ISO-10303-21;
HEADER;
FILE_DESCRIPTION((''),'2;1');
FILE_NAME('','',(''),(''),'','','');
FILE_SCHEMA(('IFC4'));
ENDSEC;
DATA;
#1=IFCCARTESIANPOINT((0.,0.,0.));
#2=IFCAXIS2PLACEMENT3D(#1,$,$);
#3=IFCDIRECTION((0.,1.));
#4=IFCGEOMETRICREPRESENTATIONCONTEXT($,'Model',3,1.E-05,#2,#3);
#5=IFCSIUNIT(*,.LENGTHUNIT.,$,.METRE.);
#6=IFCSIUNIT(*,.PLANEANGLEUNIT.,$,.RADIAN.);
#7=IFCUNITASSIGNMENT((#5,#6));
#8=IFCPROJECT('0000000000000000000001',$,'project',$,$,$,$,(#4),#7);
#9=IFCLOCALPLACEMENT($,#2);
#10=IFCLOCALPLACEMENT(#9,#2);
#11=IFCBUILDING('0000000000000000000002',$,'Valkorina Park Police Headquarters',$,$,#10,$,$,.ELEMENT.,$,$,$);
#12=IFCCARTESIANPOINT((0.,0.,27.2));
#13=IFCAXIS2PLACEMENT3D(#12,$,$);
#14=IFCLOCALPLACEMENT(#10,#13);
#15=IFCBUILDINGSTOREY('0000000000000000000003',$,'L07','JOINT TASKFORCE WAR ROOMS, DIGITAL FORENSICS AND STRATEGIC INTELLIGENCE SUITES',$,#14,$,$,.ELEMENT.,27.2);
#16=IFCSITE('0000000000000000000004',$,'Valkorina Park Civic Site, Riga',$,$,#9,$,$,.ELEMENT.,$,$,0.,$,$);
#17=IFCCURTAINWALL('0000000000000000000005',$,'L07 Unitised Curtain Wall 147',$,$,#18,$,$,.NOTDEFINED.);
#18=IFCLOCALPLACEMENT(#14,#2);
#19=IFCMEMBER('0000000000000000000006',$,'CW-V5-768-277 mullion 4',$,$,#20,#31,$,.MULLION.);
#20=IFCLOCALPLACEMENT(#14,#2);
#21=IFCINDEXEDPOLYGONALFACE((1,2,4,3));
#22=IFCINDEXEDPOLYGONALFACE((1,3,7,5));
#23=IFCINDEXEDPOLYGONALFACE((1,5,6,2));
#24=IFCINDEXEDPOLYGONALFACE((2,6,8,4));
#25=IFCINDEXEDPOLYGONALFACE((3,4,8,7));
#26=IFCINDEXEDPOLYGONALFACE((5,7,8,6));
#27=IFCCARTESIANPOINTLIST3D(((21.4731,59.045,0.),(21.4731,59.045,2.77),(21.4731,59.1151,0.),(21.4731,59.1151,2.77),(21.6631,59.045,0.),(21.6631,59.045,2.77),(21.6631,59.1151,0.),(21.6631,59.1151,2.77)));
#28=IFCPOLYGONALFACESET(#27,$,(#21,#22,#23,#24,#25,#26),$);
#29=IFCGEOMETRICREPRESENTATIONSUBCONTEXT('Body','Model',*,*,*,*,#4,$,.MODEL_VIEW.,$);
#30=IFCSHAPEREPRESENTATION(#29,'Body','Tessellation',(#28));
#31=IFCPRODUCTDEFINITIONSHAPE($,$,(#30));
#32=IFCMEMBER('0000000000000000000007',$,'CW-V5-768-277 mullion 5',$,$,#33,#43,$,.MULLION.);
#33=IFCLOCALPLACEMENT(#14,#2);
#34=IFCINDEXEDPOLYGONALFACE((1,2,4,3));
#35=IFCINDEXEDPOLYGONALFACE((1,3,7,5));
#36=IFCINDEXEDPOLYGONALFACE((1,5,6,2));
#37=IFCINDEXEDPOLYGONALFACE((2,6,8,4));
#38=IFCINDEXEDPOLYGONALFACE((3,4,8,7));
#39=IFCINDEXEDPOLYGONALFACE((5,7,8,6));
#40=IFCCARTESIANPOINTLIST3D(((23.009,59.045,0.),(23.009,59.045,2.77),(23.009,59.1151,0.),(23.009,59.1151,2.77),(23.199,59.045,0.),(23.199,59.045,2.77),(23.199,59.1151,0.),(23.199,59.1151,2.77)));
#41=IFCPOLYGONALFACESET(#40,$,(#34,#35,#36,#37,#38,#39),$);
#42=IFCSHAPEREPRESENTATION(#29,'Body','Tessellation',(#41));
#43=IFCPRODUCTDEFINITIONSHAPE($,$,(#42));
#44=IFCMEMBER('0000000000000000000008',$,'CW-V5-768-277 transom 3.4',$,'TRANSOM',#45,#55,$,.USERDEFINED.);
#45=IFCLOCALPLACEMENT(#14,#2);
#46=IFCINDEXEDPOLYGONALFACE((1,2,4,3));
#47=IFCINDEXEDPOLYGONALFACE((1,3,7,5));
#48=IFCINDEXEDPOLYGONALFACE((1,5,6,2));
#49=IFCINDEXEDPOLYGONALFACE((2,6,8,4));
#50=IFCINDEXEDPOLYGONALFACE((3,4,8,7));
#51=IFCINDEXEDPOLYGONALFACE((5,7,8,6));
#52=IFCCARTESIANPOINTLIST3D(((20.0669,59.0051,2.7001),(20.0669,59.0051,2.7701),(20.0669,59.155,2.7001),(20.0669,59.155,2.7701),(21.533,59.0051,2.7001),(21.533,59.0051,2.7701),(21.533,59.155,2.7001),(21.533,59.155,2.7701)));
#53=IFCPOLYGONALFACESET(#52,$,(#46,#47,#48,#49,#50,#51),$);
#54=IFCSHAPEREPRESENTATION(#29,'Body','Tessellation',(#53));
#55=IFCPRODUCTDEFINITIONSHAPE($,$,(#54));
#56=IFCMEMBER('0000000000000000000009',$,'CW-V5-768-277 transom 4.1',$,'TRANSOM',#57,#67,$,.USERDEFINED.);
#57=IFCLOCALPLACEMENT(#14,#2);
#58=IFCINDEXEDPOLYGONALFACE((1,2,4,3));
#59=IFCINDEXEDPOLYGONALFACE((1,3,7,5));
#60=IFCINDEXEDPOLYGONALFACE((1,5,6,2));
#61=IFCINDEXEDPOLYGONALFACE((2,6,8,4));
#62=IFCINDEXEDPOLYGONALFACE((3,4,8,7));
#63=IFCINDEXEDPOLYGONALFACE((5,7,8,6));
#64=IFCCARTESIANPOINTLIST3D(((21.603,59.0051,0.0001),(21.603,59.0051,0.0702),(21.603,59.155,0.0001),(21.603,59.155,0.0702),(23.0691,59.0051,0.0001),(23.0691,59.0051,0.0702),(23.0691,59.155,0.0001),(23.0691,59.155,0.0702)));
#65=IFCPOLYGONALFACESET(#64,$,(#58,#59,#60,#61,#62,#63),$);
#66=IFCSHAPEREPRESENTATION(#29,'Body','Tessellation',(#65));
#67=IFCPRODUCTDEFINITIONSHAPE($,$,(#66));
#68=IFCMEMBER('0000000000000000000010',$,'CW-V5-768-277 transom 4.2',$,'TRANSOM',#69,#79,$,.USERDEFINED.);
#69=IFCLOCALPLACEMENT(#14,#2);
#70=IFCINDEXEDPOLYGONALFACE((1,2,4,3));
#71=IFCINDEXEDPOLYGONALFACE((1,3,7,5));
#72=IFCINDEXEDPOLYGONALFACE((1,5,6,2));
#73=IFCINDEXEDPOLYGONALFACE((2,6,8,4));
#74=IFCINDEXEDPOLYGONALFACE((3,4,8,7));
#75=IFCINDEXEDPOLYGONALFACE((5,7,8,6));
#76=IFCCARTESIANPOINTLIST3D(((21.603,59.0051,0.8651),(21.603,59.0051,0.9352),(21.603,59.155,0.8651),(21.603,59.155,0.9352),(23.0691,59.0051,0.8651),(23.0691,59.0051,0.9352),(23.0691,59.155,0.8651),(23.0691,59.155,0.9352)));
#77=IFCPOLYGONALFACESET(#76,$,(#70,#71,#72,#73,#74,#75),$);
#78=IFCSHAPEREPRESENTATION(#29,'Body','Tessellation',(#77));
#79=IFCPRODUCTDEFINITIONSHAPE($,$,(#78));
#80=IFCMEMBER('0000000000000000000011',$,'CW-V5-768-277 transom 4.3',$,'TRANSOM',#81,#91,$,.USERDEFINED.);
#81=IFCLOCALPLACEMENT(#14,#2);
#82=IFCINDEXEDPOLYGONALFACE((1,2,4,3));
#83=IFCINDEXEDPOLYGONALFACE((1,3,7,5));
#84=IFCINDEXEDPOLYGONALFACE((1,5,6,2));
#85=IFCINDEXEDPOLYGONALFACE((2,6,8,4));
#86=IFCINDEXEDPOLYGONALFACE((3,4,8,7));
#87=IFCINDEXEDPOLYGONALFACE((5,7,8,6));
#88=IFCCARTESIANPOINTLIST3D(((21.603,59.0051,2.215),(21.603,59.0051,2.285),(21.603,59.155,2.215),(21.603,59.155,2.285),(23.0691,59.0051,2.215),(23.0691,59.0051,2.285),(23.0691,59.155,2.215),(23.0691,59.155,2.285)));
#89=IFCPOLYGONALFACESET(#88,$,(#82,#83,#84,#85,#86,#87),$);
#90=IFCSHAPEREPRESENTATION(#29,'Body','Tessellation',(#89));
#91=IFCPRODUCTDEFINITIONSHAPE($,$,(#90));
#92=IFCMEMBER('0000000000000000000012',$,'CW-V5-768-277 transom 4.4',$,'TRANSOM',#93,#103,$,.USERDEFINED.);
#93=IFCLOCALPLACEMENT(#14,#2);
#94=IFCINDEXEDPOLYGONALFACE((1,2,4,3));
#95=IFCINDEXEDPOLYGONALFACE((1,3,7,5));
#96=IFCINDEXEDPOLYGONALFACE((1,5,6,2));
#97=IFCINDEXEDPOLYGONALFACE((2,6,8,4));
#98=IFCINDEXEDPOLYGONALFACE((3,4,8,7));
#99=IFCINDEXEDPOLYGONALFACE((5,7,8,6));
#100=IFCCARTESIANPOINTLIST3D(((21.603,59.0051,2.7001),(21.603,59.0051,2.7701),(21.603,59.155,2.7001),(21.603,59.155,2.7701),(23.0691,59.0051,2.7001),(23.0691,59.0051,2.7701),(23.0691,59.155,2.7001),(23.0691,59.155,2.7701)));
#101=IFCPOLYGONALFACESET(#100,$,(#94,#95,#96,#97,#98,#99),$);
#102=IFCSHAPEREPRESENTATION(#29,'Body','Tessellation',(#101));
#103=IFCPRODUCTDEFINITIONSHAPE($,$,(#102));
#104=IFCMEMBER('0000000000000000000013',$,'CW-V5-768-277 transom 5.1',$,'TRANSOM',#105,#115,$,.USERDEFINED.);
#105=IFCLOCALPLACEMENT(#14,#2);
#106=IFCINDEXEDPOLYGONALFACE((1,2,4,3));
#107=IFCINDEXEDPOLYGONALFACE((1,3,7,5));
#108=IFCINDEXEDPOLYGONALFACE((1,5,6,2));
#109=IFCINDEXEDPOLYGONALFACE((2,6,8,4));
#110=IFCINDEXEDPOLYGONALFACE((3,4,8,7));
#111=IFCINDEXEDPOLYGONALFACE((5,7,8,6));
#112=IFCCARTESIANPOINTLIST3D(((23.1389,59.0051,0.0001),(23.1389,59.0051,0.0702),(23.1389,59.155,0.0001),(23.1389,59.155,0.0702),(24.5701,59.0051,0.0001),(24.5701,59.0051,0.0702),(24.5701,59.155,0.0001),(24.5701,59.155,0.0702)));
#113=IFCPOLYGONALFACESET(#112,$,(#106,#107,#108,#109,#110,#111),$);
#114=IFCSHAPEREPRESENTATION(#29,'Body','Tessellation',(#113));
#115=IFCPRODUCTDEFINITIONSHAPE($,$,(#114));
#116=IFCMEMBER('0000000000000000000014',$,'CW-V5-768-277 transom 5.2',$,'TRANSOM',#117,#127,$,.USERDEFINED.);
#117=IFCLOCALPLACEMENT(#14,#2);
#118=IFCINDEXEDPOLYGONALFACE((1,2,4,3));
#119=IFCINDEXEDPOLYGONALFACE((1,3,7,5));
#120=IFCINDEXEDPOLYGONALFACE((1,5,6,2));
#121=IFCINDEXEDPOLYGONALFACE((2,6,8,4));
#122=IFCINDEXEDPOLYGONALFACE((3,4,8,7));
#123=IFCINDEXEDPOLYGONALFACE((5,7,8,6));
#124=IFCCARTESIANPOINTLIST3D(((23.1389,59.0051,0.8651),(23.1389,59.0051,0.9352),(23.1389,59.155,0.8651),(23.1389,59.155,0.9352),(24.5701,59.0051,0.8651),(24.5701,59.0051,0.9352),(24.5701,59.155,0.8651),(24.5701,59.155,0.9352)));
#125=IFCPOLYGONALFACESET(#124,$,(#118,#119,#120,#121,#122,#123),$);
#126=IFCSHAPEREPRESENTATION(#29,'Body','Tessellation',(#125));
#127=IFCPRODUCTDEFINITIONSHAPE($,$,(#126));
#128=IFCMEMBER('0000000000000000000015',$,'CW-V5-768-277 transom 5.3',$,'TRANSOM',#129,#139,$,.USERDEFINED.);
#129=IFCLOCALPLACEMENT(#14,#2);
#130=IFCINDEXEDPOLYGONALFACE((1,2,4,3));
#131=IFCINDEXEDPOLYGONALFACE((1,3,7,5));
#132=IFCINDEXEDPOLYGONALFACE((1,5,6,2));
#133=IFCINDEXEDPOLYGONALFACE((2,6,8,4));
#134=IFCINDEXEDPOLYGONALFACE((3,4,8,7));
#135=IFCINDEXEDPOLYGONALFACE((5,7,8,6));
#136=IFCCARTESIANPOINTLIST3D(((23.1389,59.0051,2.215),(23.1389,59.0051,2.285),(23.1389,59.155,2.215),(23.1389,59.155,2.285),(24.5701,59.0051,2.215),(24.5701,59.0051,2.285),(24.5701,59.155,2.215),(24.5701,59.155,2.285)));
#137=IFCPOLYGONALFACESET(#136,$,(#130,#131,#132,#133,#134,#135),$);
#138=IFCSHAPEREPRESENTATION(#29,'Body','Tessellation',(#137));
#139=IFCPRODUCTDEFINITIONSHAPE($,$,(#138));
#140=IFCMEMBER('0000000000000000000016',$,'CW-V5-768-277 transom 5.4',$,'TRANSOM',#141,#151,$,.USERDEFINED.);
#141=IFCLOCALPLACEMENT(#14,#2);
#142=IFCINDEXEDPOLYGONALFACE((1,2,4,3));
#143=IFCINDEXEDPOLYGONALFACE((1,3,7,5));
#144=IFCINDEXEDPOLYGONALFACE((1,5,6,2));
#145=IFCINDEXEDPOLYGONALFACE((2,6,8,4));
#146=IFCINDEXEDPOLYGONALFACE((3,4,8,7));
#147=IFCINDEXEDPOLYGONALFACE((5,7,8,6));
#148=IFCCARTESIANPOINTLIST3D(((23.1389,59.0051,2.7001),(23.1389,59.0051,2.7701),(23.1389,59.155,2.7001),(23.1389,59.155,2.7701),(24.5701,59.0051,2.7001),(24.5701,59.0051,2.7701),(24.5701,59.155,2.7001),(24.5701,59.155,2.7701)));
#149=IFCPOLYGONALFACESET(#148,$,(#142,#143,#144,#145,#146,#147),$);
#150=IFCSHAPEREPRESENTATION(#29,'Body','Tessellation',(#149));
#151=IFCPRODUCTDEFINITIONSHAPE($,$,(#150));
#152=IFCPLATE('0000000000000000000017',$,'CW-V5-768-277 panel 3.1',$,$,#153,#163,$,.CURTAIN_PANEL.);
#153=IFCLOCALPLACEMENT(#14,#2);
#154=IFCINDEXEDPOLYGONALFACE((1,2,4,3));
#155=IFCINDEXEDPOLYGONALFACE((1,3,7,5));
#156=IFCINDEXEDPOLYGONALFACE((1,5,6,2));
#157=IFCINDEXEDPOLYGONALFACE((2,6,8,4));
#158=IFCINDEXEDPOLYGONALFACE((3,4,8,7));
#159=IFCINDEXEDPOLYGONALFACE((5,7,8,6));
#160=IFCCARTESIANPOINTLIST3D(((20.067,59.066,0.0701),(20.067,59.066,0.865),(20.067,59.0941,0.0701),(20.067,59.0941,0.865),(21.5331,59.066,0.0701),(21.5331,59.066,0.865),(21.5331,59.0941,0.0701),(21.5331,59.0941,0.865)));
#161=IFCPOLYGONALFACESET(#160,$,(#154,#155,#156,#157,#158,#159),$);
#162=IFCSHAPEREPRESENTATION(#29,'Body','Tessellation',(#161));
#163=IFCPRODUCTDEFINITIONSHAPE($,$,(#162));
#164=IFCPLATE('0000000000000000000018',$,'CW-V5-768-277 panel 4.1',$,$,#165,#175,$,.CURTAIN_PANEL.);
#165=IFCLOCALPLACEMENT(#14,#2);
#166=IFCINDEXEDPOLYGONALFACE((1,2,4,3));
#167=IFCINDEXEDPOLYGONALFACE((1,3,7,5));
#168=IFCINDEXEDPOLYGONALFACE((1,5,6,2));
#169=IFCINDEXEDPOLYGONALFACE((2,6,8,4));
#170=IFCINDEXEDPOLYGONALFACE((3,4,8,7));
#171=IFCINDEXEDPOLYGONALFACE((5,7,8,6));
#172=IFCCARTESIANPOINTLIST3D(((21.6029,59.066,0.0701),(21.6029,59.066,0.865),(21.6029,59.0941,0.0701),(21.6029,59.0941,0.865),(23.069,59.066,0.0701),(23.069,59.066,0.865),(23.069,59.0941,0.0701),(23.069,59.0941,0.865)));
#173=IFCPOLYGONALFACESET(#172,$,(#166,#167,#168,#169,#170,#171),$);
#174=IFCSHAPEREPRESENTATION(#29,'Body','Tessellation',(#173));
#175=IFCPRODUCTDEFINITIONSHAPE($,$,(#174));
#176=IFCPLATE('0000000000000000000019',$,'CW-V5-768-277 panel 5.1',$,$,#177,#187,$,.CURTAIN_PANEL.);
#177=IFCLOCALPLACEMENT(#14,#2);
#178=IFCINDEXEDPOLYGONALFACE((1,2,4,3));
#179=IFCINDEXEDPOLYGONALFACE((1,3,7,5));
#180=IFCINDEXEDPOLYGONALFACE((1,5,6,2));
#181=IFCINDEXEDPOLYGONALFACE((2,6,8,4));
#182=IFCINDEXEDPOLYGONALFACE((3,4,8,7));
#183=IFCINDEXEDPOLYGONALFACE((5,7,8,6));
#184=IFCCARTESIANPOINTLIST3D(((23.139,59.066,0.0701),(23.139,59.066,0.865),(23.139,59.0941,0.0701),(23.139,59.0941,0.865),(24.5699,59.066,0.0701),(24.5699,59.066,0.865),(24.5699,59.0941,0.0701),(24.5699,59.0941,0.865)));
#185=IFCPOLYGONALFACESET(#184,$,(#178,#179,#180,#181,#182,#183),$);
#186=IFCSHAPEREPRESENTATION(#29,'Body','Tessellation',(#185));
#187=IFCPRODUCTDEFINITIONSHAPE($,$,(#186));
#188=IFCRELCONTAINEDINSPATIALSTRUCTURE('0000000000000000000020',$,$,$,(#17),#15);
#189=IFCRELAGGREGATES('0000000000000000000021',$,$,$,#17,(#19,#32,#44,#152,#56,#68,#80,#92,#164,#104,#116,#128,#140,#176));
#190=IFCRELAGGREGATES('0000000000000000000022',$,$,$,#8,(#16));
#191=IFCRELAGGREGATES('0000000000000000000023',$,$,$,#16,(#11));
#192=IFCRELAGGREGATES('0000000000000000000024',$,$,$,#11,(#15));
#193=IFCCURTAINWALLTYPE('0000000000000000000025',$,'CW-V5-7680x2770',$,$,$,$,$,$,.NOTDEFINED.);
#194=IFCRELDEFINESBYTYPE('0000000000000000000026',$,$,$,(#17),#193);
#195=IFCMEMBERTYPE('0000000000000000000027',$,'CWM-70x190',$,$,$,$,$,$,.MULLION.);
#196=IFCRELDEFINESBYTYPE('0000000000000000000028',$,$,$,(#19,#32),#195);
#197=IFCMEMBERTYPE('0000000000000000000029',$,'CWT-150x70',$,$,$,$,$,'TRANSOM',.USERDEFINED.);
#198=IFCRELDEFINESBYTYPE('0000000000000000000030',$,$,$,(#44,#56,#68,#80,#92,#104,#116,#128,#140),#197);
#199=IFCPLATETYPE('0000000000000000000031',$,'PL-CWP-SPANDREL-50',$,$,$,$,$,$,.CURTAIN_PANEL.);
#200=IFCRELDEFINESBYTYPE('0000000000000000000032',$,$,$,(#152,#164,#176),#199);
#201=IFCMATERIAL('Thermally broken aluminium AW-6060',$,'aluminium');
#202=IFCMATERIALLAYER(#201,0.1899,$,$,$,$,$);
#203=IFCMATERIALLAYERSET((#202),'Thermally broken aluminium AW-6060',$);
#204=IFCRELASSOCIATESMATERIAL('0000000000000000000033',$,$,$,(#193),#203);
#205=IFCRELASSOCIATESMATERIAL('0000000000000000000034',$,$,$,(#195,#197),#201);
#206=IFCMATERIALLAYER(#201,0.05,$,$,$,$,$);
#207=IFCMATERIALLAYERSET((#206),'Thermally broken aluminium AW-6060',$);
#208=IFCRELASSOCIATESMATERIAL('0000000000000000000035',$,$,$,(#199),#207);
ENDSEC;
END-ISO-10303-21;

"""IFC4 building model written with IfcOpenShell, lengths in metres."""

from ifc_helpers import new_model, si_unit, direction, frame, origin, origin_2d, place, context, subcontext, project, spatial, rectangle, extrude, material, layer, layer_set, material_profile, profile_set, type_object, element, aggregate, save


model = new_model("IFC4")

# Units and contexts
model_context = context("Model", 3, precision=1e-05, world=origin(), true_north=direction((0.0, 1.0)))
body_context = subcontext(model_context, "Body", "Model", "MODEL_VIEW")
ifc_project = project(units=[si_unit("LENGTHUNIT", "METRE"), si_unit("PLANEANGLEUNIT", "RADIAN")], contexts=[model_context])

# Site, building, storey
site_placement = place(None, origin())
site = spatial("IfcSite", under=ifc_project, at=site_placement, Name="Valkorina Park Civic Site, Riga", CompositionType="ELEMENT", RefElevation=0.0)
building_placement = place(site_placement, origin())
building = spatial("IfcBuilding", under=site, at=building_placement, Name="Valkorina Park Police Headquarters", CompositionType="ELEMENT")
storey_placement = place(building_placement, frame((0.0, 0.0, 27.2)))
storey = spatial("IfcBuildingStorey", under=building, at=storey_placement, Name="L07", Description="JOINT TASKFORCE WAR ROOMS, DIGITAL FORENSICS AND STRATEGIC INTELLIGENCE SUITES", CompositionType="ELEMENT", Elevation=27.2)

# Curtain wall, members, plates
ifc_material_1 = material(Name="Thermally broken aluminium AW-6060", Category="aluminium")
ifc_layer_1 = layer(ifc_material_1, 0.1899)
ifc_layer_set_1 = layer_set([ifc_layer_1], Name="Thermally broken aluminium AW-6060")
curtain_wall_type = type_object("IfcCurtainWallType", Name="CW-V5-7680x2770", PredefinedType="NOTDEFINED", material=ifc_layer_set_1)
curtain_wall_placement = place(storey_placement, origin())
curtain_wall = element("IfcCurtainWall", 1, at=curtain_wall_placement, inside=storey, type_object=curtain_wall_type, Name="L07 Unitised Curtain Wall 147", PredefinedType="NOTDEFINED")
ifc_material_profile_1 = material_profile(ifc_material_1, rectangle(XDim=0.0701, YDim=0.1899, at=origin_2d()), Name="CWM-02 70x190")
ifc_profile_set_1 = profile_set([ifc_material_profile_1], Name="Thermally broken aluminium AW-6060")
member_type_1 = type_object("IfcMemberType", Name="CWM-70x190", PredefinedType="MULLION", material=ifc_profile_set_1)
member_1_placement = place(storey_placement, frame((21.5681, 59.0801, 0.0), z_axis=(0.0, 0.0, 1.0), x_axis=(0.0, 1.0, 0.0)))
member_1 = element("IfcMember", 2, at=member_1_placement, type_object=member_type_1, Name="CW-V5-768-277 mullion 4", PredefinedType="MULLION", context=body_context, shape_type="SweptSolid", body=[
    extrude(rectangle(XDim=0.0701, YDim=0.1899, at=origin_2d()), origin(), (0.0, 0.0, 1.0), 2.77),
])
member_2_placement = place(storey_placement, frame((23.104, 59.0801, 0.0), z_axis=(0.0, 0.0, 1.0), x_axis=(0.0, 1.0, 0.0)))
member_2 = element("IfcMember", 3, at=member_2_placement, type_object=member_type_1, Name="CW-V5-768-277 mullion 5", PredefinedType="MULLION", context=body_context, shape_type="SweptSolid", body=[
    extrude(rectangle(XDim=0.0701, YDim=0.1899, at=origin_2d()), origin(), (0.0, 0.0, 1.0), 2.77),
])
ifc_material_profile_2 = material_profile(ifc_material_1, rectangle(XDim=0.1499, YDim=0.0701, at=origin_2d()), Name="CWT-02 150x70")
ifc_profile_set_2 = profile_set([ifc_material_profile_2], Name="Thermally broken aluminium AW-6060")
member_type_2 = type_object("IfcMemberType", Name="CWT-150x70", ElementType="TRANSOM", PredefinedType="USERDEFINED", material=ifc_profile_set_2)
member_3_placement = place(storey_placement, frame((20.0669, 59.0801, 2.7351), z_axis=(1.0, 0.0, 0.0), x_axis=(0.0, 1.0, 0.0)))
member_3 = element("IfcMember", 4, at=member_3_placement, type_object=member_type_2, Name="CW-V5-768-277 transom 3.4", ObjectType="TRANSOM", PredefinedType="USERDEFINED", context=body_context, shape_type="SweptSolid", body=[
    extrude(rectangle(XDim=0.1499, YDim=0.0701, at=origin_2d()), origin(), (0.0, 0.0, 1.0), 1.4661),
])
member_4_placement = place(storey_placement, frame((21.603, 59.0801, 0.0352), z_axis=(1.0, 0.0, 0.0), x_axis=(0.0, 1.0, 0.0)))
member_4 = element("IfcMember", 5, at=member_4_placement, type_object=member_type_2, Name="CW-V5-768-277 transom 4.1", ObjectType="TRANSOM", PredefinedType="USERDEFINED", context=body_context, shape_type="SweptSolid", body=[
    extrude(rectangle(XDim=0.1499, YDim=0.0701, at=origin_2d()), origin(), (0.0, 0.0, 1.0), 1.4661),
])
member_5_placement = place(storey_placement, frame((21.603, 59.0801, 0.9001), z_axis=(1.0, 0.0, 0.0), x_axis=(0.0, 1.0, 0.0)))
member_5 = element("IfcMember", 6, at=member_5_placement, type_object=member_type_2, Name="CW-V5-768-277 transom 4.2", ObjectType="TRANSOM", PredefinedType="USERDEFINED", context=body_context, shape_type="SweptSolid", body=[
    extrude(rectangle(XDim=0.1499, YDim=0.0701, at=origin_2d()), origin(), (0.0, 0.0, 1.0), 1.4661),
])
member_6_placement = place(storey_placement, frame((21.603, 59.0801, 2.25), z_axis=(1.0, 0.0, 0.0), x_axis=(0.0, 1.0, 0.0)))
member_6 = element("IfcMember", 7, at=member_6_placement, type_object=member_type_2, Name="CW-V5-768-277 transom 4.3", ObjectType="TRANSOM", PredefinedType="USERDEFINED", context=body_context, shape_type="SweptSolid", body=[
    extrude(rectangle(XDim=0.1499, YDim=0.0701, at=origin_2d()), origin(), (0.0, 0.0, 1.0), 1.4661),
])
member_7_placement = place(storey_placement, frame((21.603, 59.0801, 2.7351), z_axis=(1.0, 0.0, 0.0), x_axis=(0.0, 1.0, 0.0)))
member_7 = element("IfcMember", 8, at=member_7_placement, type_object=member_type_2, Name="CW-V5-768-277 transom 4.4", ObjectType="TRANSOM", PredefinedType="USERDEFINED", context=body_context, shape_type="SweptSolid", body=[
    extrude(rectangle(XDim=0.1499, YDim=0.0701, at=origin_2d()), origin(), (0.0, 0.0, 1.0), 1.4661),
])
member_8_placement = place(storey_placement, frame((23.1389, 59.0801, 0.0352), z_axis=(1.0, 0.0, 0.0), x_axis=(0.0, 1.0, 0.0)))
member_8 = element("IfcMember", 9, at=member_8_placement, type_object=member_type_2, Name="CW-V5-768-277 transom 5.1", ObjectType="TRANSOM", PredefinedType="USERDEFINED", context=body_context, shape_type="SweptSolid", body=[
    extrude(rectangle(XDim=0.1499, YDim=0.0701, at=origin_2d()), origin(), (0.0, 0.0, 1.0), 1.4312),
])
member_9_placement = place(storey_placement, frame((23.1389, 59.0801, 0.9001), z_axis=(1.0, 0.0, 0.0), x_axis=(0.0, 1.0, 0.0)))
member_9 = element("IfcMember", 10, at=member_9_placement, type_object=member_type_2, Name="CW-V5-768-277 transom 5.2", ObjectType="TRANSOM", PredefinedType="USERDEFINED", context=body_context, shape_type="SweptSolid", body=[
    extrude(rectangle(XDim=0.1499, YDim=0.0701, at=origin_2d()), origin(), (0.0, 0.0, 1.0), 1.4312),
])
member_10_placement = place(storey_placement, frame((23.1389, 59.0801, 2.25), z_axis=(1.0, 0.0, 0.0), x_axis=(0.0, 1.0, 0.0)))
member_10 = element("IfcMember", 11, at=member_10_placement, type_object=member_type_2, Name="CW-V5-768-277 transom 5.3", ObjectType="TRANSOM", PredefinedType="USERDEFINED", context=body_context, shape_type="SweptSolid", body=[
    extrude(rectangle(XDim=0.1499, YDim=0.0701, at=origin_2d()), origin(), (0.0, 0.0, 1.0), 1.4312),
])
member_11_placement = place(storey_placement, frame((23.1389, 59.0801, 2.7351), z_axis=(1.0, 0.0, 0.0), x_axis=(0.0, 1.0, 0.0)))
member_11 = element("IfcMember", 12, at=member_11_placement, type_object=member_type_2, Name="CW-V5-768-277 transom 5.4", ObjectType="TRANSOM", PredefinedType="USERDEFINED", context=body_context, shape_type="SweptSolid", body=[
    extrude(rectangle(XDim=0.1499, YDim=0.0701, at=origin_2d()), origin(), (0.0, 0.0, 1.0), 1.4312),
])
ifc_layer_2 = layer(ifc_material_1, 0.05)
ifc_layer_set_2 = layer_set([ifc_layer_2], Name="Thermally broken aluminium AW-6060")
plate_type_1 = type_object("IfcPlateType", Name="PL-CWP-SPANDREL-50", PredefinedType="CURTAIN_PANEL", material=ifc_layer_set_2)
plate_1_placement = place(storey_placement, frame((20.8, 59.0801, 0.0701), z_axis=(0.0, 0.0, 1.0), x_axis=(1.0, 0.0, 0.0)))
plate_1 = element("IfcPlate", 13, at=plate_1_placement, type_object=plate_type_1, Name="CW-V5-768-277 panel 3.1", PredefinedType="CURTAIN_PANEL", context=body_context, shape_type="SweptSolid", body=[
    extrude(rectangle(XDim=1.4661, YDim=0.0281, at=origin_2d()), origin(), (0.0, 0.0, 1.0), 0.7949),
])
plate_2_placement = place(storey_placement, frame((22.3359, 59.0801, 0.0701), z_axis=(0.0, 0.0, 1.0), x_axis=(1.0, 0.0, 0.0)))
plate_2 = element("IfcPlate", 14, at=plate_2_placement, type_object=plate_type_1, Name="CW-V5-768-277 panel 4.1", PredefinedType="CURTAIN_PANEL", context=body_context, shape_type="SweptSolid", body=[
    extrude(rectangle(XDim=1.4661, YDim=0.0281, at=origin_2d()), origin(), (0.0, 0.0, 1.0), 0.7949),
])
plate_3_placement = place(storey_placement, frame((23.8545, 59.0801, 0.0701), z_axis=(0.0, 0.0, 1.0), x_axis=(1.0, 0.0, 0.0)))
plate_3 = element("IfcPlate", 15, at=plate_3_placement, type_object=plate_type_1, Name="CW-V5-768-277 panel 5.1", PredefinedType="CURTAIN_PANEL", context=body_context, shape_type="SweptSolid", body=[
    extrude(rectangle(XDim=1.4309, YDim=0.0281, at=origin_2d()), origin(), (0.0, 0.0, 1.0), 0.7949),
])
aggregate(curtain_wall, [member_1, member_2, member_3, plate_1, member_4, member_5, member_6, member_7, plate_2, member_8, member_9, member_10, member_11, plate_3])

save(model, "model.ifc")
